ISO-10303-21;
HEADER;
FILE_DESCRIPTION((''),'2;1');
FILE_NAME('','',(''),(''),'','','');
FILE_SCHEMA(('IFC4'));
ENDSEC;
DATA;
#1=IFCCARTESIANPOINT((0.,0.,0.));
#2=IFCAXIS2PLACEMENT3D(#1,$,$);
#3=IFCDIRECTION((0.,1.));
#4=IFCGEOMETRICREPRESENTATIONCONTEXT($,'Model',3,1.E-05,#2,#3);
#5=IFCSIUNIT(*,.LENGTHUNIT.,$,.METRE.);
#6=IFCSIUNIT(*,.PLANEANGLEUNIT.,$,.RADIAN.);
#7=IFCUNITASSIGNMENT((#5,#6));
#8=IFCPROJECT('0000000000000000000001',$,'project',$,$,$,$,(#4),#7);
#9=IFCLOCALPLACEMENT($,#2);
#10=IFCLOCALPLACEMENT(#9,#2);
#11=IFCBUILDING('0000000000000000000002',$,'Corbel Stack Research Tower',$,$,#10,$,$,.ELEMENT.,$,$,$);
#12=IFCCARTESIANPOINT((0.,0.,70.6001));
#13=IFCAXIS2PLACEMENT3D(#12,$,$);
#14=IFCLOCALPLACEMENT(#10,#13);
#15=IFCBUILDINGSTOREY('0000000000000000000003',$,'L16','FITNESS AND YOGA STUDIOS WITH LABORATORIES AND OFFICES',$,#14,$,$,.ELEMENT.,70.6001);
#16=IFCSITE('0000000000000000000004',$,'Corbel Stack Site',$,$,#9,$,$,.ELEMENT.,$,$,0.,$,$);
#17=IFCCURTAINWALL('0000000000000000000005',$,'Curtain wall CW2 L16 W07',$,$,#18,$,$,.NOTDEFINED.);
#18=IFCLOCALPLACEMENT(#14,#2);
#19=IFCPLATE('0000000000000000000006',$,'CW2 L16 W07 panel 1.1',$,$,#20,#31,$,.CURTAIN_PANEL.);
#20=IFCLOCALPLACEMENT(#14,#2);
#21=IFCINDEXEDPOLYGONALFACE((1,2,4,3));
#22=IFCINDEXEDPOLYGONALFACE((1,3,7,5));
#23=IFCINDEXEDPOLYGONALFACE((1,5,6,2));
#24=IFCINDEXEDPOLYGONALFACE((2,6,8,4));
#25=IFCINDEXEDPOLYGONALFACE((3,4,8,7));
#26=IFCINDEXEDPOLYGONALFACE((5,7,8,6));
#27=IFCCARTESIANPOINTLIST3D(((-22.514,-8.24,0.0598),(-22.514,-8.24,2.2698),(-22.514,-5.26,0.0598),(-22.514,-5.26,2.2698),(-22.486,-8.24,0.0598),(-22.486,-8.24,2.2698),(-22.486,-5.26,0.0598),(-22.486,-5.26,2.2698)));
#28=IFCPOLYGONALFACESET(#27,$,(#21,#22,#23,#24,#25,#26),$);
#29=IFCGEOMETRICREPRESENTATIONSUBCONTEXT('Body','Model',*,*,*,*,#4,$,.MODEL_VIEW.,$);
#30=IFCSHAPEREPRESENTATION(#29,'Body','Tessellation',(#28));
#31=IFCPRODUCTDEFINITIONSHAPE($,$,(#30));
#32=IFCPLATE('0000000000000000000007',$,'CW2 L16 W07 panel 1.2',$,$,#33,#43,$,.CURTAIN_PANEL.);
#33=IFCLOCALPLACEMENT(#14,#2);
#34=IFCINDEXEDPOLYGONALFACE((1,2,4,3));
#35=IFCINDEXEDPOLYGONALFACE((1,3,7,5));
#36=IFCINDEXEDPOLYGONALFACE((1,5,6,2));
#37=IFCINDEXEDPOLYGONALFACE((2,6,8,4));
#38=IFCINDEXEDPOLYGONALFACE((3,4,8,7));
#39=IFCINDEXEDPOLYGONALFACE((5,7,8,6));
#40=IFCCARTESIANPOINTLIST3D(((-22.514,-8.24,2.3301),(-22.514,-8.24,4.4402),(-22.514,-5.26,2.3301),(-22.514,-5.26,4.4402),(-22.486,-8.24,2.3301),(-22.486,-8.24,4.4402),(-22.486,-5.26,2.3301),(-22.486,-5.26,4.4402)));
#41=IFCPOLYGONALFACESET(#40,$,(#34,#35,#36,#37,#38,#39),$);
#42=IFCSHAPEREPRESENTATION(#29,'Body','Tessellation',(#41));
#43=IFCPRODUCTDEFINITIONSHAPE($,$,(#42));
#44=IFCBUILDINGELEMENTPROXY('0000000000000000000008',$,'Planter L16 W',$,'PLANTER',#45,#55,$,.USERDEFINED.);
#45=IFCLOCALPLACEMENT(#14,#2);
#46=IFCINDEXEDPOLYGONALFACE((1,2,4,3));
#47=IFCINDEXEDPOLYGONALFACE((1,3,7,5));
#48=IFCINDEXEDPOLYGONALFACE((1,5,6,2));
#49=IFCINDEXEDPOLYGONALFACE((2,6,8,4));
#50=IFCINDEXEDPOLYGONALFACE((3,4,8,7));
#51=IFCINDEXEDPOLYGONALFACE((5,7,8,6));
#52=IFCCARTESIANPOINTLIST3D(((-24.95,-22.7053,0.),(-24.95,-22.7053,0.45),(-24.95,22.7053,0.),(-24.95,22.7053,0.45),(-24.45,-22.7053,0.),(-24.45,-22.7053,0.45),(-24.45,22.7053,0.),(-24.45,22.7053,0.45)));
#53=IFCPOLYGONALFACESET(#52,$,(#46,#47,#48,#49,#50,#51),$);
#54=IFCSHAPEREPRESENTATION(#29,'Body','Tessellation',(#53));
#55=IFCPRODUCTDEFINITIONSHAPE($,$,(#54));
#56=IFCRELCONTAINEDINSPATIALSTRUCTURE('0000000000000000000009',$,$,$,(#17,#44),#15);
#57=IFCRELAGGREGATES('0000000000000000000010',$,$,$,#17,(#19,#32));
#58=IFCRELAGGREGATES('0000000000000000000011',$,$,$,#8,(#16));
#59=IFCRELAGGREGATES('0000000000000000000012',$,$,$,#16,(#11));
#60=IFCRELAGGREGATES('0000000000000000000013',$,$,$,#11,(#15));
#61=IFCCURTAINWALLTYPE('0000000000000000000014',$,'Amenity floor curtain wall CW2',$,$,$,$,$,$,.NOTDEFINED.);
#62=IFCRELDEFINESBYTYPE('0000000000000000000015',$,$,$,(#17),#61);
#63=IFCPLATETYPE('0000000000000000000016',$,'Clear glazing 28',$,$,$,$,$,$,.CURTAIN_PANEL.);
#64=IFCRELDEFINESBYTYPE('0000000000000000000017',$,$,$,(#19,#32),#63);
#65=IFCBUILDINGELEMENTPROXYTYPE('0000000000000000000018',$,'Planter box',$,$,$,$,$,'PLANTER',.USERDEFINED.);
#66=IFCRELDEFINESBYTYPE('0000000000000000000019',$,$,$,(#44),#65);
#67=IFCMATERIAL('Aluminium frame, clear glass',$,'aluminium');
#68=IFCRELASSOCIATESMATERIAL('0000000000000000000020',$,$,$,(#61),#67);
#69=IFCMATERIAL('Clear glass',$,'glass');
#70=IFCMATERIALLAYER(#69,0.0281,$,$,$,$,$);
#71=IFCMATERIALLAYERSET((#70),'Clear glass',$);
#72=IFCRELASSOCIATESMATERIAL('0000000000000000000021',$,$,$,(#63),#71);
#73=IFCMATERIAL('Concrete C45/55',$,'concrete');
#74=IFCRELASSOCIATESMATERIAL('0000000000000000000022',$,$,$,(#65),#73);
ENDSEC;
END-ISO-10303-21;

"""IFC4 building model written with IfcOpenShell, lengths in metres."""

from ifc_helpers import new_model, si_unit, direction, frame, origin, origin_2d, place, context, subcontext, project, spatial, rectangle, extrude, material, layer, layer_set, type_object, element, aggregate, save


model = new_model("IFC4")

# Units and contexts
model_context = context("Model", 3, precision=1e-05, world=origin(), true_north=direction((0.0, 1.0)))
body_context = subcontext(model_context, "Body", "Model", "MODEL_VIEW")
ifc_project = project(units=[si_unit("LENGTHUNIT", "METRE"), si_unit("PLANEANGLEUNIT", "RADIAN")], contexts=[model_context])

# Site, building, storey
site_placement = place(None, origin())
site = spatial("IfcSite", under=ifc_project, at=site_placement, Name="Corbel Stack Site", CompositionType="ELEMENT", RefElevation=0.0)
building_placement = place(site_placement, origin())
building = spatial("IfcBuilding", under=site, at=building_placement, Name="Corbel Stack Research Tower", CompositionType="ELEMENT")
storey_placement = place(building_placement, frame((0.0, 0.0, 70.6001)))
storey = spatial("IfcBuildingStorey", under=building, at=storey_placement, Name="L16", Description="FITNESS AND YOGA STUDIOS WITH LABORATORIES AND OFFICES", CompositionType="ELEMENT", Elevation=70.6001)

# Shared definitions
ifc_material_1 = material(Name="Aluminium frame, clear glass", Category="aluminium")
curtain_wall_type = type_object("IfcCurtainWallType", Name="Amenity floor curtain wall CW2", PredefinedType="NOTDEFINED", material=ifc_material_1)

# Curtain wall
curtain_wall_1_placement = place(storey_placement, origin())
curtain_wall_1 = element("IfcCurtainWall", 1, at=curtain_wall_1_placement, inside=storey, type_object=curtain_wall_type, Name="Curtain wall CW2 L16 W07", PredefinedType="NOTDEFINED")

# Plates
ifc_material_2 = material(Name="Clear glass", Category="glass")
ifc_layer = layer(ifc_material_2, 0.0281)
ifc_layer_set = layer_set([ifc_layer], Name="Clear glass")
plate_type = type_object("IfcPlateType", Name="Clear glazing 28", PredefinedType="CURTAIN_PANEL", material=ifc_layer_set)
plate_1_placement = place(storey_placement, frame((-22.5, -6.75, 0.0598), z_axis=(0.0, 0.0, 1.0), x_axis=(0.0, -1.0, 0.0)))
plate_1 = element("IfcPlate", 2, at=plate_1_placement, type_object=plate_type, Name="CW2 L16 W07 panel 1.1", PredefinedType="CURTAIN_PANEL", context=body_context, shape_type="SweptSolid", body=[
    extrude(rectangle(XDim=2.98, YDim=0.0281, at=origin_2d()), origin(), (0.0, 0.0, 1.0), 2.21),
])
plate_2_placement = place(storey_placement, frame((-22.5, -6.75, 2.3301), z_axis=(0.0, 0.0, 1.0), x_axis=(0.0, -1.0, 0.0)))
plate_2 = element("IfcPlate", 3, at=plate_2_placement, type_object=plate_type, Name="CW2 L16 W07 panel 1.2", PredefinedType="CURTAIN_PANEL", context=body_context, shape_type="SweptSolid", body=[
    extrude(rectangle(XDim=2.98, YDim=0.0281, at=origin_2d()), origin(), (0.0, 0.0, 1.0), 2.1101),
])
aggregate(curtain_wall_1, [plate_1, plate_2])

# Building element proxy
ifc_material_3 = material(Name="Concrete C45/55", Category="concrete")
building_element_proxy_type = type_object("IfcBuildingElementProxyType", Name="Planter box", ElementType="PLANTER", PredefinedType="USERDEFINED", material=ifc_material_3)
proxy_placement = place(storey_placement, frame((-24.7, 0.0, 0.0), z_axis=(0.0, 0.0, 1.0), x_axis=(0.0, -1.0, 0.0)))
element("IfcBuildingElementProxy", 4, at=proxy_placement, inside=storey, type_object=building_element_proxy_type, Name="Planter L16 W", ObjectType="PLANTER", PredefinedType="USERDEFINED", context=body_context, shape_type="SweptSolid", body=[
    extrude(rectangle(XDim=45.4106, YDim=0.5, at=origin_2d()), origin(), (0.0, 0.0, 1.0), 0.45),
])

save(model, "model.ifc")
